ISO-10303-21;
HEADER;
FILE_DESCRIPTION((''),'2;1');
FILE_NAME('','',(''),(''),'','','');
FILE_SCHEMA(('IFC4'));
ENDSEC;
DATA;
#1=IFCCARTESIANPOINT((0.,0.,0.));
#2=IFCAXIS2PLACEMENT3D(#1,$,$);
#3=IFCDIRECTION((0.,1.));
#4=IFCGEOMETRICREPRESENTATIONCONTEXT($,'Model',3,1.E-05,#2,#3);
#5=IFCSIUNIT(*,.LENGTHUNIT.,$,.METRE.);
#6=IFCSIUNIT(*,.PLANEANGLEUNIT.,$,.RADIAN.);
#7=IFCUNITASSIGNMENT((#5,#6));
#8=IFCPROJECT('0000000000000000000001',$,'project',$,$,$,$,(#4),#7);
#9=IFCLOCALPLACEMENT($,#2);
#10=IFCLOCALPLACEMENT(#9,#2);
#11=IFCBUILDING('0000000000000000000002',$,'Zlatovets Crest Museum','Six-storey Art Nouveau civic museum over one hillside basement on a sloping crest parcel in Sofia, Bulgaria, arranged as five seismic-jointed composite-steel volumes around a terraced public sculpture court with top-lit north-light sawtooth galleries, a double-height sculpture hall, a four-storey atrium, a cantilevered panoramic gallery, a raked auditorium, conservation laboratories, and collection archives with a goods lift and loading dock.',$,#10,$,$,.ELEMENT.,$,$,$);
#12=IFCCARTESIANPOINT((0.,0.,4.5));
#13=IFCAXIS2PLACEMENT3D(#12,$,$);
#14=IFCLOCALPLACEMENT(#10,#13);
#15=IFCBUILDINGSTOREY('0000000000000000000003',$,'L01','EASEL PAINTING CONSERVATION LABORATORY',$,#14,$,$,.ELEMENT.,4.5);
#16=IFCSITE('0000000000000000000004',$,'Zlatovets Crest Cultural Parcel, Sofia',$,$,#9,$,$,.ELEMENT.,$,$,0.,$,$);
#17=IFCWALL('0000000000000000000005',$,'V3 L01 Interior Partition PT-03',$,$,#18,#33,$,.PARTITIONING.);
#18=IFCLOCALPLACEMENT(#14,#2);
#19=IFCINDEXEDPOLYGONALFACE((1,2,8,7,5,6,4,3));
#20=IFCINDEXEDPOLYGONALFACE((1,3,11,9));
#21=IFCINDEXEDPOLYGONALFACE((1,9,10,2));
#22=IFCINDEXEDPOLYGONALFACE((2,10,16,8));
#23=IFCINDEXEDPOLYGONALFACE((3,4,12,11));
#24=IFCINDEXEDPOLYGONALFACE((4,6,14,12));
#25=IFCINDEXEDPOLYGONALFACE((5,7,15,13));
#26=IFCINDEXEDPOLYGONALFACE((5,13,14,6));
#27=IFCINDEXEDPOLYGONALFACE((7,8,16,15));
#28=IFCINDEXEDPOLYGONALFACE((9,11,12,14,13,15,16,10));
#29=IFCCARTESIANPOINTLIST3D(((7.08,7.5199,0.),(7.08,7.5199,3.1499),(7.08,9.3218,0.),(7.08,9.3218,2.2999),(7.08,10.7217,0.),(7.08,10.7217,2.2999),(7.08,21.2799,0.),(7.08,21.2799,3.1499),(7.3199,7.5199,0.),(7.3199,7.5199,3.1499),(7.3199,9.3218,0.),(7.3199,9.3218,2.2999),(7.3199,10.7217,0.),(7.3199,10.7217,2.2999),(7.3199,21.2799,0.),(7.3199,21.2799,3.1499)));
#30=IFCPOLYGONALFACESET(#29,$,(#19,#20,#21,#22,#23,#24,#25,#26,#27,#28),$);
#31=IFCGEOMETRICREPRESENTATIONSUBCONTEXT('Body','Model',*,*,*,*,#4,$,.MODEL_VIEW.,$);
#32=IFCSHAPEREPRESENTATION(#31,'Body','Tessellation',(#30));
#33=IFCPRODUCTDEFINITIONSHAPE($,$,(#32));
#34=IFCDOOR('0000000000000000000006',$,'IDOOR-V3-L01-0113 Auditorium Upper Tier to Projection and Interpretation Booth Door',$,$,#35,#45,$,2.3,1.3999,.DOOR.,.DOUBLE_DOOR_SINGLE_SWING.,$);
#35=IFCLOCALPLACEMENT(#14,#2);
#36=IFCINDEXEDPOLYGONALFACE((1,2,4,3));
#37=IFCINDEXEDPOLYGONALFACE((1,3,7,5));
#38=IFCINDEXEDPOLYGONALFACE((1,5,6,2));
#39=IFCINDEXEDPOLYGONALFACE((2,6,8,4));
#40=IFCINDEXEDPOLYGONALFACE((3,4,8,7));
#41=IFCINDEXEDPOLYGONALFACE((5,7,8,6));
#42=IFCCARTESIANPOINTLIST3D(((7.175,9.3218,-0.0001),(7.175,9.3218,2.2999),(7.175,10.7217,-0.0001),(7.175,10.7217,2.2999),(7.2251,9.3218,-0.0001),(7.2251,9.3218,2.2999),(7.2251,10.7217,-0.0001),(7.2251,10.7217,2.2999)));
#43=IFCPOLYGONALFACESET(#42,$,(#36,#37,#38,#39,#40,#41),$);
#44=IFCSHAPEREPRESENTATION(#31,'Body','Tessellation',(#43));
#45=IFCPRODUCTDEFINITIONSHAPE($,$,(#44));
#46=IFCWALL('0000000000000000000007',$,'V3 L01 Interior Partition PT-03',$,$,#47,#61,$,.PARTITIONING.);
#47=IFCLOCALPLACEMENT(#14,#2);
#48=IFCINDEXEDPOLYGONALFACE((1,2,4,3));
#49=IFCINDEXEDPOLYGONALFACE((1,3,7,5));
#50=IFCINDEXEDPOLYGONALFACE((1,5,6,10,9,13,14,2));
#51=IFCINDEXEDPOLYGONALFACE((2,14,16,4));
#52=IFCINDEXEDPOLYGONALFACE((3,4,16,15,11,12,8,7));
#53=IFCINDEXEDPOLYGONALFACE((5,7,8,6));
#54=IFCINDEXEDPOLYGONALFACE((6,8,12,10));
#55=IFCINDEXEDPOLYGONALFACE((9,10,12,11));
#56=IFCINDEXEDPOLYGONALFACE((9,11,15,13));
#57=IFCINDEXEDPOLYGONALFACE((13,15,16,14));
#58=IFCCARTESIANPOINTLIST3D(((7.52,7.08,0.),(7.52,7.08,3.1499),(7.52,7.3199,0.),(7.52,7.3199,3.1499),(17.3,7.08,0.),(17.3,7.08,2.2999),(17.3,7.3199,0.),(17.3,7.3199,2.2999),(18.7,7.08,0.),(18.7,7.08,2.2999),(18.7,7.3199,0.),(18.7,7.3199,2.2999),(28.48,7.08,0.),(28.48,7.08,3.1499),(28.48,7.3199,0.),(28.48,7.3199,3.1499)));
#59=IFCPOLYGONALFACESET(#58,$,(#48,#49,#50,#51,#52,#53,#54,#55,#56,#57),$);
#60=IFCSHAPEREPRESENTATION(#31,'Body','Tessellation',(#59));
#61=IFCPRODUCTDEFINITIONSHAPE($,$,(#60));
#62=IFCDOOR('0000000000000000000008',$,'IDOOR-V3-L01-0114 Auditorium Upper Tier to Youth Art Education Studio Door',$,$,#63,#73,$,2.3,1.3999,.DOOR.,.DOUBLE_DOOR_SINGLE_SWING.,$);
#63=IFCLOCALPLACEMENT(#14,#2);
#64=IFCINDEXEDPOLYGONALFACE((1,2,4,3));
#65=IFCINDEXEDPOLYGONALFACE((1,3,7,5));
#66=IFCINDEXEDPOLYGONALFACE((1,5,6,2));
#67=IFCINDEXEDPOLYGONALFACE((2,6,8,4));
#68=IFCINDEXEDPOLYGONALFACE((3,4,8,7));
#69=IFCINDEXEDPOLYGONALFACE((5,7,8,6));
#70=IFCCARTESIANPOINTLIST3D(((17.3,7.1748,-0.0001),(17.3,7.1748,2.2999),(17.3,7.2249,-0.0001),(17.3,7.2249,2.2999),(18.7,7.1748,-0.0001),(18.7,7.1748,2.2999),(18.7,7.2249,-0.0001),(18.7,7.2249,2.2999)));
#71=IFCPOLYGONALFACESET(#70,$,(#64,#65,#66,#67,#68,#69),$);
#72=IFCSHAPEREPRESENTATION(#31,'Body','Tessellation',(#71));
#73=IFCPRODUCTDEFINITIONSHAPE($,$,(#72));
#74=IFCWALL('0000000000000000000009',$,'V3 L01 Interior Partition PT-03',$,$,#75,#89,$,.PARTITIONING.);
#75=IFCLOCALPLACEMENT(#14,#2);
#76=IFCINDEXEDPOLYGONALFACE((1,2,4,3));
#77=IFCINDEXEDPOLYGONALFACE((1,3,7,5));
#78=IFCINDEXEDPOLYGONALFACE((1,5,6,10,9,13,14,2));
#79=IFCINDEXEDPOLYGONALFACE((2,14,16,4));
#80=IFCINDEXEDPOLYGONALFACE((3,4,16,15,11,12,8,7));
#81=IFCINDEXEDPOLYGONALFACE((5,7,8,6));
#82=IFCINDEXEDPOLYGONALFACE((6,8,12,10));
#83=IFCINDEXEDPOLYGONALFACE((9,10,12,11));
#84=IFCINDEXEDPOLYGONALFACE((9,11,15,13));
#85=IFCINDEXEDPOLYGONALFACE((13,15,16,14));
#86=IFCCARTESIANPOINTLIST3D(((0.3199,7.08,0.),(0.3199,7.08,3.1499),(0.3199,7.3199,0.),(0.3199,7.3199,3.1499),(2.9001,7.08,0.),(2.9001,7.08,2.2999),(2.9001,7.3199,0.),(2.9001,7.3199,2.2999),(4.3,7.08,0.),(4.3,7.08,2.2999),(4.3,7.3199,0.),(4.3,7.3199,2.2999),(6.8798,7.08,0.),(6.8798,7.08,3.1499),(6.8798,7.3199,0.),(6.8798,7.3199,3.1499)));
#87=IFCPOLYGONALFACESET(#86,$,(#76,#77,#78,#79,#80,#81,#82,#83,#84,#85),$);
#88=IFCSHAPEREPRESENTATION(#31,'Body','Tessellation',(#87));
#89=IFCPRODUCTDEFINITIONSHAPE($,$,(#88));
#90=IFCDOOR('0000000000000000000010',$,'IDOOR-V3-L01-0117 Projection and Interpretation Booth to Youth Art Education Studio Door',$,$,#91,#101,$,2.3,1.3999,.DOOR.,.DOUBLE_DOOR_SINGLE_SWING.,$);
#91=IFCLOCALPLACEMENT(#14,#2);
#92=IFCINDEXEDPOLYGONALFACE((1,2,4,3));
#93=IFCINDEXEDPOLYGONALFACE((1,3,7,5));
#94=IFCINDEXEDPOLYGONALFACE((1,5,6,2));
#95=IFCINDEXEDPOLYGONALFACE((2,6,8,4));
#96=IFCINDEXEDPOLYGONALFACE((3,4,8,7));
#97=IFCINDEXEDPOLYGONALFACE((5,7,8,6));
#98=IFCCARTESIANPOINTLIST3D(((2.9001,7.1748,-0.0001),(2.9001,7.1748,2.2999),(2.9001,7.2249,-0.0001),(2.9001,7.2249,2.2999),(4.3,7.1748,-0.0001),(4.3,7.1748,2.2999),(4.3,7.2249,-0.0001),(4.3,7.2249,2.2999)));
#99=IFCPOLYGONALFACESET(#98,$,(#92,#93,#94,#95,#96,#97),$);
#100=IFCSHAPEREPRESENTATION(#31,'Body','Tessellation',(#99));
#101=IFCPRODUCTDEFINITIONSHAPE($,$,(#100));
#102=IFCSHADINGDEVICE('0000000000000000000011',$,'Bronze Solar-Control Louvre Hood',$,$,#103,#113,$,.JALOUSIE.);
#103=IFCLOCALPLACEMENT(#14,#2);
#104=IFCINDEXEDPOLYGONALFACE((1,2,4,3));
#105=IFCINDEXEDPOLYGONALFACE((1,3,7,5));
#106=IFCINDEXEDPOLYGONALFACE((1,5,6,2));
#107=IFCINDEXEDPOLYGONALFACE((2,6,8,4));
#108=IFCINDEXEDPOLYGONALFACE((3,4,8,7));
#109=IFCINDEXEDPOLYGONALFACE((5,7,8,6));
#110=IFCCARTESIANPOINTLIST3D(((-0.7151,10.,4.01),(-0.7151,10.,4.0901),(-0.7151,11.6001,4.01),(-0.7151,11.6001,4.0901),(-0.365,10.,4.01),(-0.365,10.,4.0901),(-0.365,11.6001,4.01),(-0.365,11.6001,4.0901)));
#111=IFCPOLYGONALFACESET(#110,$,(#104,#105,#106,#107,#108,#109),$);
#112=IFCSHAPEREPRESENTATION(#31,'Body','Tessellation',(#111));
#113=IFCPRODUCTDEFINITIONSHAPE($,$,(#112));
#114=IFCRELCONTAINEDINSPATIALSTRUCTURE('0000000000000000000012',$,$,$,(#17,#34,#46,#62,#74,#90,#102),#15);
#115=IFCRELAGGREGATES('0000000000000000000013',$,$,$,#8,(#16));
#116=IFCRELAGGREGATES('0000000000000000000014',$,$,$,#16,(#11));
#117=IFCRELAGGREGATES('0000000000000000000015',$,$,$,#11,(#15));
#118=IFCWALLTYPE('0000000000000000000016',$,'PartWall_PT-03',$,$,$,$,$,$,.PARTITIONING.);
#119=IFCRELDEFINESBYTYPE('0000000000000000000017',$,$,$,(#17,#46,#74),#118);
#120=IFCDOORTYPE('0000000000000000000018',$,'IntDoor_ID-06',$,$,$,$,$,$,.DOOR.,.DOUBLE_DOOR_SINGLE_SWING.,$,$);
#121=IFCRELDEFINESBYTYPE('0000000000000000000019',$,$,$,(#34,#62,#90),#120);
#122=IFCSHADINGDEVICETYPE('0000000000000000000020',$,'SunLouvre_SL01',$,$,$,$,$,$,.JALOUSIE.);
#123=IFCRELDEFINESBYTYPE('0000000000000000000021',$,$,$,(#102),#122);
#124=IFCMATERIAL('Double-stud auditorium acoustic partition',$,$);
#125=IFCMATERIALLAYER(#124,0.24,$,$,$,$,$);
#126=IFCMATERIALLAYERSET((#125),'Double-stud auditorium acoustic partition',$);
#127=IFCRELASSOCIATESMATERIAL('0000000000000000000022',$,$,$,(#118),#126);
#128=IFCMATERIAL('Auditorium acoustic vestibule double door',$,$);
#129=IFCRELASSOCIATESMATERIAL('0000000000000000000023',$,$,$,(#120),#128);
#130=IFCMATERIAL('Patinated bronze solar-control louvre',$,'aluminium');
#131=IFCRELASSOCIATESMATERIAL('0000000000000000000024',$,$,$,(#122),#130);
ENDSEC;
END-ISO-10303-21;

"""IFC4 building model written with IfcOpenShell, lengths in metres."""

from ifc_helpers import new_model, si_unit, direction, frame, frame_2d, origin, origin_2d, place, context, subcontext, project, spatial, rectangle, extrude, material, layer, layer_set, type_object, element, fill, save


model = new_model("IFC4")

# Units and contexts
model_context = context("Model", 3, precision=1e-05, world=origin(), true_north=direction((0.0, 1.0)))
body_context = subcontext(model_context, "Body", "Model", "MODEL_VIEW")
ifc_project = project(units=[si_unit("LENGTHUNIT", "METRE"), si_unit("PLANEANGLEUNIT", "RADIAN")], contexts=[model_context])

# Site, building, storey
site_placement = place(None, origin())
site = spatial("IfcSite", under=ifc_project, at=site_placement, Name="Zlatovets Crest Cultural Parcel, Sofia", CompositionType="ELEMENT", RefElevation=0.0)
building_placement = place(site_placement, origin())
building = spatial("IfcBuilding", under=site, at=building_placement, Name="Zlatovets Crest Museum", Description="Six-storey Art Nouveau civic museum over one hillside basement on a sloping crest parcel in Sofia, Bulgaria, arranged as five seismic-jointed composite-steel volumes around a terraced public sculpture court with top-lit north-light sawtooth galleries, a double-height sculpture hall, a four-storey atrium, a cantilevered panoramic gallery, a raked auditorium, conservation laboratories, and collection archives with a goods lift and loading dock.", CompositionType="ELEMENT")
storey_placement = place(building_placement, frame((0.0, 0.0, 4.5)))
storey = spatial("IfcBuildingStorey", under=building, at=storey_placement, Name="L01", Description="EASEL PAINTING CONSERVATION LABORATORY", CompositionType="ELEMENT", Elevation=4.5)

# Walls, openings, doors
ifc_material_1 = material(Name="Double-stud auditorium acoustic partition")
ifc_layer_1 = layer(ifc_material_1, 0.24)
ifc_layer_set_1 = layer_set([ifc_layer_1], Name="Double-stud auditorium acoustic partition")
wall_type = type_object("IfcWallType", Name="PartWall_PT-03", PredefinedType="PARTITIONING", material=ifc_layer_set_1)
wall_1_placement = place(storey_placement, frame((7.2, 7.52, 0.0), z_axis=(0.0, 0.0, 1.0), x_axis=(0.0, 1.0, 0.0)))
wall_1 = element("IfcWall", 1, at=wall_1_placement, inside=storey, type_object=wall_type, Name="V3 L01 Interior Partition PT-03", PredefinedType="PARTITIONING", context=body_context, shape_type="SweptSolid", body=[
    extrude(rectangle(XDim=13.76, YDim=0.24, at=frame_2d((6.8799, 0.0))), origin(), (0.0, 0.0, 1.0), 3.1499),
])
opening_1_placement = place(wall_1_placement, frame((1.8018, 0.0, 0.0)))
opening_1 = element("IfcOpeningElement", 2, at=opening_1_placement, cuts=wall_1, PredefinedType="OPENING", context=body_context, shape_type="SweptSolid", body=[
    extrude(rectangle(XDim=1.3999, YDim=2.3, at=frame_2d((0.7, 1.1499))), frame((0.0, 0.1299, 0.0), z_axis=(0.0, -1.0, 0.0), x_axis=(1.0, 0.0, 0.0)), (0.0, 0.0, 1.0), 0.26),
])
ifc_material_2 = material(Name="Auditorium acoustic vestibule double door")
door_type = type_object("IfcDoorType", Name="IntDoor_ID-06", OperationType="DOUBLE_DOOR_SINGLE_SWING", PredefinedType="DOOR", material=ifc_material_2)
door_1_placement = place(opening_1_placement, origin())
door_1 = element("IfcDoor", 3, at=door_1_placement, inside=storey, type_object=door_type, Name="IDOOR-V3-L01-0113 Auditorium Upper Tier to Projection and Interpretation Booth Door", OperationType="DOUBLE_DOOR_SINGLE_SWING", OverallHeight=2.3, OverallWidth=1.3999, PredefinedType="DOOR", context=body_context, shape_type="SweptSolid", body=[
    extrude(rectangle(XDim=1.3999, YDim=2.3, at=frame_2d((0.7, 1.1499))), frame((0.0, 0.0249, 0.0), z_axis=(0.0, -1.0, 0.0), x_axis=(1.0, 0.0, 0.0)), (0.0, 0.0, 1.0), 0.05),
])
fill(opening_1, door_1)
wall_2_placement = place(storey_placement, frame((7.52, 7.2, 0.0), z_axis=(0.0, 0.0, 1.0), x_axis=(1.0, 0.0, 0.0)))
wall_2 = element("IfcWall", 4, at=wall_2_placement, inside=storey, type_object=wall_type, Name="V3 L01 Interior Partition PT-03", PredefinedType="PARTITIONING", context=body_context, shape_type="SweptSolid", body=[
    extrude(rectangle(XDim=20.96, YDim=0.24, at=frame_2d((10.48, 0.0))), origin(), (0.0, 0.0, 1.0), 3.1499),
])
opening_2_placement = place(wall_2_placement, frame((9.78, 0.0, 0.0)))
opening_2 = element("IfcOpeningElement", 5, at=opening_2_placement, cuts=wall_2, PredefinedType="OPENING", context=body_context, shape_type="SweptSolid", body=[
    extrude(rectangle(XDim=1.3999, YDim=2.3, at=frame_2d((0.7, 1.1499))), frame((0.0, 0.1299, 0.0), z_axis=(0.0, -1.0, 0.0), x_axis=(1.0, 0.0, 0.0)), (0.0, 0.0, 1.0), 0.26),
])
door_2_placement = place(opening_2_placement, origin())
door_2 = element("IfcDoor", 6, at=door_2_placement, inside=storey, type_object=door_type, Name="IDOOR-V3-L01-0114 Auditorium Upper Tier to Youth Art Education Studio Door", OperationType="DOUBLE_DOOR_SINGLE_SWING", OverallHeight=2.3, OverallWidth=1.3999, PredefinedType="DOOR", context=body_context, shape_type="SweptSolid", body=[
    extrude(rectangle(XDim=1.3999, YDim=2.3, at=frame_2d((0.7, 1.1499))), frame((0.0, 0.0249, 0.0), z_axis=(0.0, -1.0, 0.0), x_axis=(1.0, 0.0, 0.0)), (0.0, 0.0, 1.0), 0.05),
])
fill(opening_2, door_2)
wall_3_placement = place(storey_placement, frame((0.3201, 7.2, 0.0), z_axis=(0.0, 0.0, 1.0), x_axis=(1.0, 0.0, 0.0)))
wall_3 = element("IfcWall", 7, at=wall_3_placement, inside=storey, type_object=wall_type, Name="V3 L01 Interior Partition PT-03", PredefinedType="PARTITIONING", context=body_context, shape_type="SweptSolid", body=[
    extrude(rectangle(XDim=6.5598, YDim=0.24, at=frame_2d((3.2798, 0.0))), origin(), (0.0, 0.0, 1.0), 3.1499),
])
opening_3_placement = place(wall_3_placement, frame((2.5801, 0.0, 0.0)))
opening_3 = element("IfcOpeningElement", 8, at=opening_3_placement, cuts=wall_3, PredefinedType="OPENING", context=body_context, shape_type="SweptSolid", body=[
    extrude(rectangle(XDim=1.3999, YDim=2.3, at=frame_2d((0.7, 1.1499))), frame((0.0, 0.1299, 0.0), z_axis=(0.0, -1.0, 0.0), x_axis=(1.0, 0.0, 0.0)), (0.0, 0.0, 1.0), 0.26),
])
door_3_placement = place(opening_3_placement, origin())
door_3 = element("IfcDoor", 9, at=door_3_placement, inside=storey, type_object=door_type, Name="IDOOR-V3-L01-0117 Projection and Interpretation Booth to Youth Art Education Studio Door", OperationType="DOUBLE_DOOR_SINGLE_SWING", OverallHeight=2.3, OverallWidth=1.3999, PredefinedType="DOOR", context=body_context, shape_type="SweptSolid", body=[
    extrude(rectangle(XDim=1.3999, YDim=2.3, at=frame_2d((0.7, 1.1499))), frame((0.0, 0.0249, 0.0), z_axis=(0.0, -1.0, 0.0), x_axis=(1.0, 0.0, 0.0)), (0.0, 0.0, 1.0), 0.05),
])
fill(opening_3, door_3)

# Shading device
ifc_material_3 = material(Name="Patinated bronze solar-control louvre", Category="aluminium")
shading_device_type = type_object("IfcShadingDeviceType", Name="SunLouvre_SL01", PredefinedType="JALOUSIE", material=ifc_material_3)
shading_device_placement = place(storey_placement, frame((-0.54, 10.8, 4.01), z_axis=(0.0, 0.0, 1.0), x_axis=(0.0, 1.0, 0.0)))
element("IfcShadingDevice", 10, at=shading_device_placement, inside=storey, type_object=shading_device_type, Name="Bronze Solar-Control Louvre Hood", PredefinedType="JALOUSIE", context=body_context, shape_type="SweptSolid", body=[
    extrude(rectangle(XDim=1.6001, YDim=0.3501, at=origin_2d()), origin(), (0.0, 0.0, 1.0), 0.0801),
])

save(model, "model.ifc")
